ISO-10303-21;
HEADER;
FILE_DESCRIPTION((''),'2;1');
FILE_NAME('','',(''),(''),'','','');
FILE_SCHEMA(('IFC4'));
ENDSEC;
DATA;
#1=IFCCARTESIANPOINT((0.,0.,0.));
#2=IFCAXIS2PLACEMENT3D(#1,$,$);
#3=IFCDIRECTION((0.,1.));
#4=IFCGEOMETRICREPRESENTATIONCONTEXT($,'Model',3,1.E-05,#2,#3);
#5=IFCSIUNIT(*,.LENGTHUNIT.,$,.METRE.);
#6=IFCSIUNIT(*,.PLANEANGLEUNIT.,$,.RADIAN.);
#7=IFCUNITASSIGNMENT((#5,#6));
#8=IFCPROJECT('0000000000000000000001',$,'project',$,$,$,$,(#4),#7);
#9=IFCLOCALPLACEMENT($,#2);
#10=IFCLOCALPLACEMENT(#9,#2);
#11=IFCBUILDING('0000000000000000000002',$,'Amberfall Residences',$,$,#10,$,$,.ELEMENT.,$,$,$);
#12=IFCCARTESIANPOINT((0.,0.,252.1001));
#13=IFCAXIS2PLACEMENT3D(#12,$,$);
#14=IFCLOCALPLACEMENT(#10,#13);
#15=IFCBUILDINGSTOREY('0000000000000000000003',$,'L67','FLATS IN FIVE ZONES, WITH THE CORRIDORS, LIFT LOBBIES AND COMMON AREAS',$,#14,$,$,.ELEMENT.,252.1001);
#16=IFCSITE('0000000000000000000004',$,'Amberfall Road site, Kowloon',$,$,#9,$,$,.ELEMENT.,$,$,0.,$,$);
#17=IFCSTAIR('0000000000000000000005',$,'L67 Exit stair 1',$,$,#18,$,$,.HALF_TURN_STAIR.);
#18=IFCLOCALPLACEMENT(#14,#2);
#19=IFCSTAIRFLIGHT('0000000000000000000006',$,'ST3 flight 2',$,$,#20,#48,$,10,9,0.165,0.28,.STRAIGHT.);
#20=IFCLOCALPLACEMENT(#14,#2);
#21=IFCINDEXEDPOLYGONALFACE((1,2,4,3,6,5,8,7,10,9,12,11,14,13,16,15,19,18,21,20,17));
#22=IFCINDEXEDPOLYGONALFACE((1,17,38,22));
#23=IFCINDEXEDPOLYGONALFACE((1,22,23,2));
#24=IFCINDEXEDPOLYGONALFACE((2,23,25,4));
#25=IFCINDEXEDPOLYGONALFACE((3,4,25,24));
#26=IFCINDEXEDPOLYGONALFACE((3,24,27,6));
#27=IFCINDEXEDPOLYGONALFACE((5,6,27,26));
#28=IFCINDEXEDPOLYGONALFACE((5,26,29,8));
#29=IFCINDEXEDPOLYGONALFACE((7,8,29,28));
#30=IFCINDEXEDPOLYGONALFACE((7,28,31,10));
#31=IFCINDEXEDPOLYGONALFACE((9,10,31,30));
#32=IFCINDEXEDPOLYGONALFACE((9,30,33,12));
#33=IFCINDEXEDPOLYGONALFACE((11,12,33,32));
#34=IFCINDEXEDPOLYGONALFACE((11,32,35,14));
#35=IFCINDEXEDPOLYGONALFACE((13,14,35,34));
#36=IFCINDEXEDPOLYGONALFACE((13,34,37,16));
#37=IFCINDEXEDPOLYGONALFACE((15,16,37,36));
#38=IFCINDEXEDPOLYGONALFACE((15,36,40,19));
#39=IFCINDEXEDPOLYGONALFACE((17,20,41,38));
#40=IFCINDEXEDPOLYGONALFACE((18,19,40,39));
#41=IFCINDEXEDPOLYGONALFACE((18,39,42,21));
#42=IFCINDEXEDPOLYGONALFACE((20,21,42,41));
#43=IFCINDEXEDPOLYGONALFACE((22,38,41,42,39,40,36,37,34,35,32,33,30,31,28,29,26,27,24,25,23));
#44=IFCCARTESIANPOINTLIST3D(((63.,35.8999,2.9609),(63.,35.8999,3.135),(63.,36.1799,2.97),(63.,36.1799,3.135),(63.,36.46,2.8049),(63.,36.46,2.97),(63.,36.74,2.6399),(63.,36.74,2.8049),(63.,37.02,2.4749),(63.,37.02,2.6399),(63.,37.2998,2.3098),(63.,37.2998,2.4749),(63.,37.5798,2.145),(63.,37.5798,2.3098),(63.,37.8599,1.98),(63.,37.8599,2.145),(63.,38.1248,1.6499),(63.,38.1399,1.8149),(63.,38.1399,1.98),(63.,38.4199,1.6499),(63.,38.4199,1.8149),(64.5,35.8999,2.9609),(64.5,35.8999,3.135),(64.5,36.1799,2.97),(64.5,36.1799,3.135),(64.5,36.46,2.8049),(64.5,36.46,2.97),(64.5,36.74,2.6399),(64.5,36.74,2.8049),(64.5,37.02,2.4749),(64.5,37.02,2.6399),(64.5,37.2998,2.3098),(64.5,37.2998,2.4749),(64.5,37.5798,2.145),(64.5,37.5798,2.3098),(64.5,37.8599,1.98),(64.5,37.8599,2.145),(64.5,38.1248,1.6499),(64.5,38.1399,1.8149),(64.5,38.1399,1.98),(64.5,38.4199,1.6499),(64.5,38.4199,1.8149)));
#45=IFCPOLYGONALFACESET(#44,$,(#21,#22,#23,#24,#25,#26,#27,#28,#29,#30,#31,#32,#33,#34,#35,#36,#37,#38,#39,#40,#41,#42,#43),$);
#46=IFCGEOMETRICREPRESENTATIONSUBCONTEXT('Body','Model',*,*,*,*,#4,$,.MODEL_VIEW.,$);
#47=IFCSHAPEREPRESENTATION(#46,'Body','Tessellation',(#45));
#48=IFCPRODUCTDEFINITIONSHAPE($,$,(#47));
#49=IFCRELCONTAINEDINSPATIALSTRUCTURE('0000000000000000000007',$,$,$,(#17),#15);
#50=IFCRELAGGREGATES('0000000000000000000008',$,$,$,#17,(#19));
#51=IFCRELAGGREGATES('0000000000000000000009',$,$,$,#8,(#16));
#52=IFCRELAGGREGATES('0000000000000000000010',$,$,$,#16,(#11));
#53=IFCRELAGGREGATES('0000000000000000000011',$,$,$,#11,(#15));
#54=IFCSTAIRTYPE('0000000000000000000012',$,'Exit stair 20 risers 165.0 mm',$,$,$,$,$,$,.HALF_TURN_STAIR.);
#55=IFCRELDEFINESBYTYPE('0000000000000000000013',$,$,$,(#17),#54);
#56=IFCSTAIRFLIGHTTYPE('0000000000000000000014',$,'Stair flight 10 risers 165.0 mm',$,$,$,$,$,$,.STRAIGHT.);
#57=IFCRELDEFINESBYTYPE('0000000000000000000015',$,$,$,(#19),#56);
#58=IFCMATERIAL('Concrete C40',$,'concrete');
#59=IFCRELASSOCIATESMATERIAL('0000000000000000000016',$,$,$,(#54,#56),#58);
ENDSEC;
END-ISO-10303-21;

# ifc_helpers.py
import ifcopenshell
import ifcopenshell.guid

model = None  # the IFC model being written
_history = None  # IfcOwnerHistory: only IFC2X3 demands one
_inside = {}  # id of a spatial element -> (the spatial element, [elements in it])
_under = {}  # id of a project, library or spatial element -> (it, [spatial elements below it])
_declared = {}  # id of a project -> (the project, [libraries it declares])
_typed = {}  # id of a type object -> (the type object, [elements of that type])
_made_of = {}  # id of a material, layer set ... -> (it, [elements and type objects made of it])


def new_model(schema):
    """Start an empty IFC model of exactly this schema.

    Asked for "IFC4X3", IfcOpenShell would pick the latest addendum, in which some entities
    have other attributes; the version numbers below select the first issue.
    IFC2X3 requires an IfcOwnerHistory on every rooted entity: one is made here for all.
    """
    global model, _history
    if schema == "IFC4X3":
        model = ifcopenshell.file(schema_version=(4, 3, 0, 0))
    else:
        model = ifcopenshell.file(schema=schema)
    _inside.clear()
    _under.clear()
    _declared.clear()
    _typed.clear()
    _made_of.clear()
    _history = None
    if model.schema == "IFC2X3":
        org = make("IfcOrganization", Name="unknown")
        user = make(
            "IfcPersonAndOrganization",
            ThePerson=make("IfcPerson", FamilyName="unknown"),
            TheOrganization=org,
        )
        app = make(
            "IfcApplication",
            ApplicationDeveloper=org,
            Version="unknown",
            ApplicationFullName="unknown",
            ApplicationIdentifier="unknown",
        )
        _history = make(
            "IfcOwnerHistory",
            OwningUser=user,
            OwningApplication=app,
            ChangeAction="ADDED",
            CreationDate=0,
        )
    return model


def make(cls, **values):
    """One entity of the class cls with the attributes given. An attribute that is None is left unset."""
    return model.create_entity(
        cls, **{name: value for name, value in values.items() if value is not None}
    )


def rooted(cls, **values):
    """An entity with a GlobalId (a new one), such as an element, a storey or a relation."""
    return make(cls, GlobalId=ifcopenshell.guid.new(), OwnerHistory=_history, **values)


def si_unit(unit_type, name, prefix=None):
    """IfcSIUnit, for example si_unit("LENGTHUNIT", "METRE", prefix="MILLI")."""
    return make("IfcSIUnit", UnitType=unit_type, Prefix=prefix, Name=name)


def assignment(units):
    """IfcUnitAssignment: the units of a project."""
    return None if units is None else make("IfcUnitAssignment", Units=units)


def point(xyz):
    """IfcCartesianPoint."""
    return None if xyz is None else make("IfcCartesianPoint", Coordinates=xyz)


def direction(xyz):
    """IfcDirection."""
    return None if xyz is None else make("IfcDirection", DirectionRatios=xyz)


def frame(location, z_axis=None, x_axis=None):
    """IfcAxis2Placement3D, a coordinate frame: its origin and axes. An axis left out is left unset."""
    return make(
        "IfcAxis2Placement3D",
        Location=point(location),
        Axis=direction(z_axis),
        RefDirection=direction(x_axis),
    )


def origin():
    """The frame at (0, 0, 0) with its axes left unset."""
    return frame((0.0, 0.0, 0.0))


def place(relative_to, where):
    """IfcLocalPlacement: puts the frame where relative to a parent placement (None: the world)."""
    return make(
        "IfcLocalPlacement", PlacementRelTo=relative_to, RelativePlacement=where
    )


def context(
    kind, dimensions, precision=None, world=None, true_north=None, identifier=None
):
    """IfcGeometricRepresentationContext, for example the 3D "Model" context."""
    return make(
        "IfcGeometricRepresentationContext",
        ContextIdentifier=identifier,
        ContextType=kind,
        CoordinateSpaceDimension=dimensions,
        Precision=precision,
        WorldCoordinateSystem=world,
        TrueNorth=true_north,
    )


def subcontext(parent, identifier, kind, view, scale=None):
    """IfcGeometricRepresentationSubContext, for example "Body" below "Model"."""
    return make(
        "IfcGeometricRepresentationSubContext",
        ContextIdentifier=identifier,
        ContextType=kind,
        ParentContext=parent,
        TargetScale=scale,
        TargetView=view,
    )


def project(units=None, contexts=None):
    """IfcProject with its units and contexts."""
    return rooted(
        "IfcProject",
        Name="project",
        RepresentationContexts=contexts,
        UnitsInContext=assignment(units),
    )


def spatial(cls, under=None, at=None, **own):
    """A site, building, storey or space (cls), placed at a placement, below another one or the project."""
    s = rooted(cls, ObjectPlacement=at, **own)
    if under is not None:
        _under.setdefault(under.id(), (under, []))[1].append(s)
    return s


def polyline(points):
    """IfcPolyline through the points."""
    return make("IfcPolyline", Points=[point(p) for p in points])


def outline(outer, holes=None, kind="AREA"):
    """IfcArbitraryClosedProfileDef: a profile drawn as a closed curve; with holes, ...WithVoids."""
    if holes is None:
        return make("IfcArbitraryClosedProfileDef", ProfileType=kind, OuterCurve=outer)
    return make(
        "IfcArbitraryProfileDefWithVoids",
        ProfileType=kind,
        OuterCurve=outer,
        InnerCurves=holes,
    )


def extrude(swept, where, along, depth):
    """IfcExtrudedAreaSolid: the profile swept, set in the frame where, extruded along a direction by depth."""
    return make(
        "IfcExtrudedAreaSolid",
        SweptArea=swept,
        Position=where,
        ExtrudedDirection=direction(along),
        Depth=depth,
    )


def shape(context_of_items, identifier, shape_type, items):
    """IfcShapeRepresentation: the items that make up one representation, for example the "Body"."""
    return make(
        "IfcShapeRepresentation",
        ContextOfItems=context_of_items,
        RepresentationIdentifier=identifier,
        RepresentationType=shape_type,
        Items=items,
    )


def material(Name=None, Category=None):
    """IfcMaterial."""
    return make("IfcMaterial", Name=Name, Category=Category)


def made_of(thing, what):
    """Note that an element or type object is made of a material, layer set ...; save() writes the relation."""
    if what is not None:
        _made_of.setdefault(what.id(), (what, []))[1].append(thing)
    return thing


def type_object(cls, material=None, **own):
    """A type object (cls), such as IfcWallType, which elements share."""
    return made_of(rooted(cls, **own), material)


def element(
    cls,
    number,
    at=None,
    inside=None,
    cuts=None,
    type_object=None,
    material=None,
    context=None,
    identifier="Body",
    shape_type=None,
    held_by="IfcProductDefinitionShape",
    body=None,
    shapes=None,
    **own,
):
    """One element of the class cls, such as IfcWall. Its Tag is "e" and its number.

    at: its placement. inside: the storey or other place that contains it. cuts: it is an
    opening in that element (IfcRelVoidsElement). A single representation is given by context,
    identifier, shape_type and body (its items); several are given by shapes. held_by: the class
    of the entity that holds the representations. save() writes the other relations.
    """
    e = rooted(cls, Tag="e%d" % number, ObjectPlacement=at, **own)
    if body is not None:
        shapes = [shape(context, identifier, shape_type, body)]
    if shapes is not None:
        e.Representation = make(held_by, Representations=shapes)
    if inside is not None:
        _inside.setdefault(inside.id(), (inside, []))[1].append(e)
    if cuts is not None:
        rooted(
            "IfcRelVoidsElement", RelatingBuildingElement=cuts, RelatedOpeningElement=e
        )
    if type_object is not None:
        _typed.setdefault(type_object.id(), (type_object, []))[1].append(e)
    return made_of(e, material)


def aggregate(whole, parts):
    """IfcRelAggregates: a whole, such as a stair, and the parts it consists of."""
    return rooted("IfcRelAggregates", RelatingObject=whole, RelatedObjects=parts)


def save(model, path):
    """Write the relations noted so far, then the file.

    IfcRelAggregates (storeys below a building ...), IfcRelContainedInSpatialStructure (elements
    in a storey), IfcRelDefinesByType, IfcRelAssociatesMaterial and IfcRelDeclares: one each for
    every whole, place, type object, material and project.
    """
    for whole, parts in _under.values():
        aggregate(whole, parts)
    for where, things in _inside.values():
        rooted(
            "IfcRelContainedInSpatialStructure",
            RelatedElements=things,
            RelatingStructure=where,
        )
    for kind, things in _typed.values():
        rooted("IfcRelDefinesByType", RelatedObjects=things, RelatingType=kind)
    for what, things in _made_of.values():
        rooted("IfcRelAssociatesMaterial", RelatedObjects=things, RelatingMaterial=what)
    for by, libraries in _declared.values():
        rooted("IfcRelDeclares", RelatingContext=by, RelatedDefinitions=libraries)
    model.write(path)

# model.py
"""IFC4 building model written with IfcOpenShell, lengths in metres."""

from ifc_helpers import new_model, si_unit, direction, frame, origin, place, context, subcontext, project, spatial, polyline, outline, extrude, material, type_object, element, aggregate, save


model = new_model("IFC4")

# Units and contexts
model_context = context("Model", 3, precision=1e-05, world=origin(), true_north=direction((0.0, 1.0)))
body_context = subcontext(model_context, "Body", "Model", "MODEL_VIEW")
ifc_project = project(units=[si_unit("LENGTHUNIT", "METRE"), si_unit("PLANEANGLEUNIT", "RADIAN")], contexts=[model_context])

# Site, building, storey
site_placement = place(None, origin())
site = spatial("IfcSite", under=ifc_project, at=site_placement, Name="Amberfall Road site, Kowloon", CompositionType="ELEMENT", RefElevation=0.0)
building_placement = place(site_placement, origin())
building = spatial("IfcBuilding", under=site, at=building_placement, Name="Amberfall Residences", CompositionType="ELEMENT")
storey_placement = place(building_placement, frame((0.0, 0.0, 252.1001)))
storey = spatial("IfcBuildingStorey", under=building, at=storey_placement, Name="L67", Description="FLATS IN FIVE ZONES, WITH THE CORRIDORS, LIFT LOBBIES AND COMMON AREAS", CompositionType="ELEMENT", Elevation=252.1001)

# Stair, stair flight
ifc_material_1 = material(Name="Concrete C40", Category="concrete")
stair_type = type_object("IfcStairType", Name="Exit stair 20 risers 165.0 mm", PredefinedType="HALF_TURN_STAIR", material=ifc_material_1)
stair_placement = place(storey_placement, origin())
stair = element("IfcStair", 1, at=stair_placement, inside=storey, type_object=stair_type, Name="L67 Exit stair 1", PredefinedType="HALF_TURN_STAIR")
stair_flight_type = type_object("IfcStairFlightType", Name="Stair flight 10 risers 165.0 mm", PredefinedType="STRAIGHT", material=ifc_material_1)
stair_flight_placement = place(storey_placement, frame((63.75, 38.4199, 1.6499), z_axis=(0.0, 0.0, 1.0), x_axis=(0.0, -1.0, 0.0)))
stair_flight = element("IfcStairFlight", 2, at=stair_flight_placement, type_object=stair_flight_type, Name="ST3 flight 2", NumberOfRisers=10, NumberOfTreads=9, PredefinedType="STRAIGHT", RiserHeight=0.165, TreadLength=0.28, context=body_context, shape_type="SweptSolid", body=[
    extrude(outline(polyline([(0.0, 0.0), (0.0, 0.165), (0.28, 0.165), (0.28, 0.3301), (0.5601, 0.3301), (0.5601, 0.4951), (0.8401, 0.4951), (0.8401, 0.6599), (1.1201, 0.6599), (1.1201, 0.825), (1.3999, 0.825), (1.3999, 0.99), (1.6799, 0.99), (1.6799, 1.155), (1.96, 1.155), (1.96, 1.3201), (2.24, 1.3201), (2.24, 1.4851), (2.52, 1.4851), (2.52, 1.6499), (2.52, 1.311), (0.2952, 0.0), (0.0, 0.0)])), frame((0.0, 0.75, 0.0), z_axis=(0.0, -1.0, 0.0), x_axis=(1.0, 0.0, 0.0)), (0.0, 0.0, 1.0), 1.5),
])
aggregate(stair, [stair_flight])

save(model, "model.ifc")
